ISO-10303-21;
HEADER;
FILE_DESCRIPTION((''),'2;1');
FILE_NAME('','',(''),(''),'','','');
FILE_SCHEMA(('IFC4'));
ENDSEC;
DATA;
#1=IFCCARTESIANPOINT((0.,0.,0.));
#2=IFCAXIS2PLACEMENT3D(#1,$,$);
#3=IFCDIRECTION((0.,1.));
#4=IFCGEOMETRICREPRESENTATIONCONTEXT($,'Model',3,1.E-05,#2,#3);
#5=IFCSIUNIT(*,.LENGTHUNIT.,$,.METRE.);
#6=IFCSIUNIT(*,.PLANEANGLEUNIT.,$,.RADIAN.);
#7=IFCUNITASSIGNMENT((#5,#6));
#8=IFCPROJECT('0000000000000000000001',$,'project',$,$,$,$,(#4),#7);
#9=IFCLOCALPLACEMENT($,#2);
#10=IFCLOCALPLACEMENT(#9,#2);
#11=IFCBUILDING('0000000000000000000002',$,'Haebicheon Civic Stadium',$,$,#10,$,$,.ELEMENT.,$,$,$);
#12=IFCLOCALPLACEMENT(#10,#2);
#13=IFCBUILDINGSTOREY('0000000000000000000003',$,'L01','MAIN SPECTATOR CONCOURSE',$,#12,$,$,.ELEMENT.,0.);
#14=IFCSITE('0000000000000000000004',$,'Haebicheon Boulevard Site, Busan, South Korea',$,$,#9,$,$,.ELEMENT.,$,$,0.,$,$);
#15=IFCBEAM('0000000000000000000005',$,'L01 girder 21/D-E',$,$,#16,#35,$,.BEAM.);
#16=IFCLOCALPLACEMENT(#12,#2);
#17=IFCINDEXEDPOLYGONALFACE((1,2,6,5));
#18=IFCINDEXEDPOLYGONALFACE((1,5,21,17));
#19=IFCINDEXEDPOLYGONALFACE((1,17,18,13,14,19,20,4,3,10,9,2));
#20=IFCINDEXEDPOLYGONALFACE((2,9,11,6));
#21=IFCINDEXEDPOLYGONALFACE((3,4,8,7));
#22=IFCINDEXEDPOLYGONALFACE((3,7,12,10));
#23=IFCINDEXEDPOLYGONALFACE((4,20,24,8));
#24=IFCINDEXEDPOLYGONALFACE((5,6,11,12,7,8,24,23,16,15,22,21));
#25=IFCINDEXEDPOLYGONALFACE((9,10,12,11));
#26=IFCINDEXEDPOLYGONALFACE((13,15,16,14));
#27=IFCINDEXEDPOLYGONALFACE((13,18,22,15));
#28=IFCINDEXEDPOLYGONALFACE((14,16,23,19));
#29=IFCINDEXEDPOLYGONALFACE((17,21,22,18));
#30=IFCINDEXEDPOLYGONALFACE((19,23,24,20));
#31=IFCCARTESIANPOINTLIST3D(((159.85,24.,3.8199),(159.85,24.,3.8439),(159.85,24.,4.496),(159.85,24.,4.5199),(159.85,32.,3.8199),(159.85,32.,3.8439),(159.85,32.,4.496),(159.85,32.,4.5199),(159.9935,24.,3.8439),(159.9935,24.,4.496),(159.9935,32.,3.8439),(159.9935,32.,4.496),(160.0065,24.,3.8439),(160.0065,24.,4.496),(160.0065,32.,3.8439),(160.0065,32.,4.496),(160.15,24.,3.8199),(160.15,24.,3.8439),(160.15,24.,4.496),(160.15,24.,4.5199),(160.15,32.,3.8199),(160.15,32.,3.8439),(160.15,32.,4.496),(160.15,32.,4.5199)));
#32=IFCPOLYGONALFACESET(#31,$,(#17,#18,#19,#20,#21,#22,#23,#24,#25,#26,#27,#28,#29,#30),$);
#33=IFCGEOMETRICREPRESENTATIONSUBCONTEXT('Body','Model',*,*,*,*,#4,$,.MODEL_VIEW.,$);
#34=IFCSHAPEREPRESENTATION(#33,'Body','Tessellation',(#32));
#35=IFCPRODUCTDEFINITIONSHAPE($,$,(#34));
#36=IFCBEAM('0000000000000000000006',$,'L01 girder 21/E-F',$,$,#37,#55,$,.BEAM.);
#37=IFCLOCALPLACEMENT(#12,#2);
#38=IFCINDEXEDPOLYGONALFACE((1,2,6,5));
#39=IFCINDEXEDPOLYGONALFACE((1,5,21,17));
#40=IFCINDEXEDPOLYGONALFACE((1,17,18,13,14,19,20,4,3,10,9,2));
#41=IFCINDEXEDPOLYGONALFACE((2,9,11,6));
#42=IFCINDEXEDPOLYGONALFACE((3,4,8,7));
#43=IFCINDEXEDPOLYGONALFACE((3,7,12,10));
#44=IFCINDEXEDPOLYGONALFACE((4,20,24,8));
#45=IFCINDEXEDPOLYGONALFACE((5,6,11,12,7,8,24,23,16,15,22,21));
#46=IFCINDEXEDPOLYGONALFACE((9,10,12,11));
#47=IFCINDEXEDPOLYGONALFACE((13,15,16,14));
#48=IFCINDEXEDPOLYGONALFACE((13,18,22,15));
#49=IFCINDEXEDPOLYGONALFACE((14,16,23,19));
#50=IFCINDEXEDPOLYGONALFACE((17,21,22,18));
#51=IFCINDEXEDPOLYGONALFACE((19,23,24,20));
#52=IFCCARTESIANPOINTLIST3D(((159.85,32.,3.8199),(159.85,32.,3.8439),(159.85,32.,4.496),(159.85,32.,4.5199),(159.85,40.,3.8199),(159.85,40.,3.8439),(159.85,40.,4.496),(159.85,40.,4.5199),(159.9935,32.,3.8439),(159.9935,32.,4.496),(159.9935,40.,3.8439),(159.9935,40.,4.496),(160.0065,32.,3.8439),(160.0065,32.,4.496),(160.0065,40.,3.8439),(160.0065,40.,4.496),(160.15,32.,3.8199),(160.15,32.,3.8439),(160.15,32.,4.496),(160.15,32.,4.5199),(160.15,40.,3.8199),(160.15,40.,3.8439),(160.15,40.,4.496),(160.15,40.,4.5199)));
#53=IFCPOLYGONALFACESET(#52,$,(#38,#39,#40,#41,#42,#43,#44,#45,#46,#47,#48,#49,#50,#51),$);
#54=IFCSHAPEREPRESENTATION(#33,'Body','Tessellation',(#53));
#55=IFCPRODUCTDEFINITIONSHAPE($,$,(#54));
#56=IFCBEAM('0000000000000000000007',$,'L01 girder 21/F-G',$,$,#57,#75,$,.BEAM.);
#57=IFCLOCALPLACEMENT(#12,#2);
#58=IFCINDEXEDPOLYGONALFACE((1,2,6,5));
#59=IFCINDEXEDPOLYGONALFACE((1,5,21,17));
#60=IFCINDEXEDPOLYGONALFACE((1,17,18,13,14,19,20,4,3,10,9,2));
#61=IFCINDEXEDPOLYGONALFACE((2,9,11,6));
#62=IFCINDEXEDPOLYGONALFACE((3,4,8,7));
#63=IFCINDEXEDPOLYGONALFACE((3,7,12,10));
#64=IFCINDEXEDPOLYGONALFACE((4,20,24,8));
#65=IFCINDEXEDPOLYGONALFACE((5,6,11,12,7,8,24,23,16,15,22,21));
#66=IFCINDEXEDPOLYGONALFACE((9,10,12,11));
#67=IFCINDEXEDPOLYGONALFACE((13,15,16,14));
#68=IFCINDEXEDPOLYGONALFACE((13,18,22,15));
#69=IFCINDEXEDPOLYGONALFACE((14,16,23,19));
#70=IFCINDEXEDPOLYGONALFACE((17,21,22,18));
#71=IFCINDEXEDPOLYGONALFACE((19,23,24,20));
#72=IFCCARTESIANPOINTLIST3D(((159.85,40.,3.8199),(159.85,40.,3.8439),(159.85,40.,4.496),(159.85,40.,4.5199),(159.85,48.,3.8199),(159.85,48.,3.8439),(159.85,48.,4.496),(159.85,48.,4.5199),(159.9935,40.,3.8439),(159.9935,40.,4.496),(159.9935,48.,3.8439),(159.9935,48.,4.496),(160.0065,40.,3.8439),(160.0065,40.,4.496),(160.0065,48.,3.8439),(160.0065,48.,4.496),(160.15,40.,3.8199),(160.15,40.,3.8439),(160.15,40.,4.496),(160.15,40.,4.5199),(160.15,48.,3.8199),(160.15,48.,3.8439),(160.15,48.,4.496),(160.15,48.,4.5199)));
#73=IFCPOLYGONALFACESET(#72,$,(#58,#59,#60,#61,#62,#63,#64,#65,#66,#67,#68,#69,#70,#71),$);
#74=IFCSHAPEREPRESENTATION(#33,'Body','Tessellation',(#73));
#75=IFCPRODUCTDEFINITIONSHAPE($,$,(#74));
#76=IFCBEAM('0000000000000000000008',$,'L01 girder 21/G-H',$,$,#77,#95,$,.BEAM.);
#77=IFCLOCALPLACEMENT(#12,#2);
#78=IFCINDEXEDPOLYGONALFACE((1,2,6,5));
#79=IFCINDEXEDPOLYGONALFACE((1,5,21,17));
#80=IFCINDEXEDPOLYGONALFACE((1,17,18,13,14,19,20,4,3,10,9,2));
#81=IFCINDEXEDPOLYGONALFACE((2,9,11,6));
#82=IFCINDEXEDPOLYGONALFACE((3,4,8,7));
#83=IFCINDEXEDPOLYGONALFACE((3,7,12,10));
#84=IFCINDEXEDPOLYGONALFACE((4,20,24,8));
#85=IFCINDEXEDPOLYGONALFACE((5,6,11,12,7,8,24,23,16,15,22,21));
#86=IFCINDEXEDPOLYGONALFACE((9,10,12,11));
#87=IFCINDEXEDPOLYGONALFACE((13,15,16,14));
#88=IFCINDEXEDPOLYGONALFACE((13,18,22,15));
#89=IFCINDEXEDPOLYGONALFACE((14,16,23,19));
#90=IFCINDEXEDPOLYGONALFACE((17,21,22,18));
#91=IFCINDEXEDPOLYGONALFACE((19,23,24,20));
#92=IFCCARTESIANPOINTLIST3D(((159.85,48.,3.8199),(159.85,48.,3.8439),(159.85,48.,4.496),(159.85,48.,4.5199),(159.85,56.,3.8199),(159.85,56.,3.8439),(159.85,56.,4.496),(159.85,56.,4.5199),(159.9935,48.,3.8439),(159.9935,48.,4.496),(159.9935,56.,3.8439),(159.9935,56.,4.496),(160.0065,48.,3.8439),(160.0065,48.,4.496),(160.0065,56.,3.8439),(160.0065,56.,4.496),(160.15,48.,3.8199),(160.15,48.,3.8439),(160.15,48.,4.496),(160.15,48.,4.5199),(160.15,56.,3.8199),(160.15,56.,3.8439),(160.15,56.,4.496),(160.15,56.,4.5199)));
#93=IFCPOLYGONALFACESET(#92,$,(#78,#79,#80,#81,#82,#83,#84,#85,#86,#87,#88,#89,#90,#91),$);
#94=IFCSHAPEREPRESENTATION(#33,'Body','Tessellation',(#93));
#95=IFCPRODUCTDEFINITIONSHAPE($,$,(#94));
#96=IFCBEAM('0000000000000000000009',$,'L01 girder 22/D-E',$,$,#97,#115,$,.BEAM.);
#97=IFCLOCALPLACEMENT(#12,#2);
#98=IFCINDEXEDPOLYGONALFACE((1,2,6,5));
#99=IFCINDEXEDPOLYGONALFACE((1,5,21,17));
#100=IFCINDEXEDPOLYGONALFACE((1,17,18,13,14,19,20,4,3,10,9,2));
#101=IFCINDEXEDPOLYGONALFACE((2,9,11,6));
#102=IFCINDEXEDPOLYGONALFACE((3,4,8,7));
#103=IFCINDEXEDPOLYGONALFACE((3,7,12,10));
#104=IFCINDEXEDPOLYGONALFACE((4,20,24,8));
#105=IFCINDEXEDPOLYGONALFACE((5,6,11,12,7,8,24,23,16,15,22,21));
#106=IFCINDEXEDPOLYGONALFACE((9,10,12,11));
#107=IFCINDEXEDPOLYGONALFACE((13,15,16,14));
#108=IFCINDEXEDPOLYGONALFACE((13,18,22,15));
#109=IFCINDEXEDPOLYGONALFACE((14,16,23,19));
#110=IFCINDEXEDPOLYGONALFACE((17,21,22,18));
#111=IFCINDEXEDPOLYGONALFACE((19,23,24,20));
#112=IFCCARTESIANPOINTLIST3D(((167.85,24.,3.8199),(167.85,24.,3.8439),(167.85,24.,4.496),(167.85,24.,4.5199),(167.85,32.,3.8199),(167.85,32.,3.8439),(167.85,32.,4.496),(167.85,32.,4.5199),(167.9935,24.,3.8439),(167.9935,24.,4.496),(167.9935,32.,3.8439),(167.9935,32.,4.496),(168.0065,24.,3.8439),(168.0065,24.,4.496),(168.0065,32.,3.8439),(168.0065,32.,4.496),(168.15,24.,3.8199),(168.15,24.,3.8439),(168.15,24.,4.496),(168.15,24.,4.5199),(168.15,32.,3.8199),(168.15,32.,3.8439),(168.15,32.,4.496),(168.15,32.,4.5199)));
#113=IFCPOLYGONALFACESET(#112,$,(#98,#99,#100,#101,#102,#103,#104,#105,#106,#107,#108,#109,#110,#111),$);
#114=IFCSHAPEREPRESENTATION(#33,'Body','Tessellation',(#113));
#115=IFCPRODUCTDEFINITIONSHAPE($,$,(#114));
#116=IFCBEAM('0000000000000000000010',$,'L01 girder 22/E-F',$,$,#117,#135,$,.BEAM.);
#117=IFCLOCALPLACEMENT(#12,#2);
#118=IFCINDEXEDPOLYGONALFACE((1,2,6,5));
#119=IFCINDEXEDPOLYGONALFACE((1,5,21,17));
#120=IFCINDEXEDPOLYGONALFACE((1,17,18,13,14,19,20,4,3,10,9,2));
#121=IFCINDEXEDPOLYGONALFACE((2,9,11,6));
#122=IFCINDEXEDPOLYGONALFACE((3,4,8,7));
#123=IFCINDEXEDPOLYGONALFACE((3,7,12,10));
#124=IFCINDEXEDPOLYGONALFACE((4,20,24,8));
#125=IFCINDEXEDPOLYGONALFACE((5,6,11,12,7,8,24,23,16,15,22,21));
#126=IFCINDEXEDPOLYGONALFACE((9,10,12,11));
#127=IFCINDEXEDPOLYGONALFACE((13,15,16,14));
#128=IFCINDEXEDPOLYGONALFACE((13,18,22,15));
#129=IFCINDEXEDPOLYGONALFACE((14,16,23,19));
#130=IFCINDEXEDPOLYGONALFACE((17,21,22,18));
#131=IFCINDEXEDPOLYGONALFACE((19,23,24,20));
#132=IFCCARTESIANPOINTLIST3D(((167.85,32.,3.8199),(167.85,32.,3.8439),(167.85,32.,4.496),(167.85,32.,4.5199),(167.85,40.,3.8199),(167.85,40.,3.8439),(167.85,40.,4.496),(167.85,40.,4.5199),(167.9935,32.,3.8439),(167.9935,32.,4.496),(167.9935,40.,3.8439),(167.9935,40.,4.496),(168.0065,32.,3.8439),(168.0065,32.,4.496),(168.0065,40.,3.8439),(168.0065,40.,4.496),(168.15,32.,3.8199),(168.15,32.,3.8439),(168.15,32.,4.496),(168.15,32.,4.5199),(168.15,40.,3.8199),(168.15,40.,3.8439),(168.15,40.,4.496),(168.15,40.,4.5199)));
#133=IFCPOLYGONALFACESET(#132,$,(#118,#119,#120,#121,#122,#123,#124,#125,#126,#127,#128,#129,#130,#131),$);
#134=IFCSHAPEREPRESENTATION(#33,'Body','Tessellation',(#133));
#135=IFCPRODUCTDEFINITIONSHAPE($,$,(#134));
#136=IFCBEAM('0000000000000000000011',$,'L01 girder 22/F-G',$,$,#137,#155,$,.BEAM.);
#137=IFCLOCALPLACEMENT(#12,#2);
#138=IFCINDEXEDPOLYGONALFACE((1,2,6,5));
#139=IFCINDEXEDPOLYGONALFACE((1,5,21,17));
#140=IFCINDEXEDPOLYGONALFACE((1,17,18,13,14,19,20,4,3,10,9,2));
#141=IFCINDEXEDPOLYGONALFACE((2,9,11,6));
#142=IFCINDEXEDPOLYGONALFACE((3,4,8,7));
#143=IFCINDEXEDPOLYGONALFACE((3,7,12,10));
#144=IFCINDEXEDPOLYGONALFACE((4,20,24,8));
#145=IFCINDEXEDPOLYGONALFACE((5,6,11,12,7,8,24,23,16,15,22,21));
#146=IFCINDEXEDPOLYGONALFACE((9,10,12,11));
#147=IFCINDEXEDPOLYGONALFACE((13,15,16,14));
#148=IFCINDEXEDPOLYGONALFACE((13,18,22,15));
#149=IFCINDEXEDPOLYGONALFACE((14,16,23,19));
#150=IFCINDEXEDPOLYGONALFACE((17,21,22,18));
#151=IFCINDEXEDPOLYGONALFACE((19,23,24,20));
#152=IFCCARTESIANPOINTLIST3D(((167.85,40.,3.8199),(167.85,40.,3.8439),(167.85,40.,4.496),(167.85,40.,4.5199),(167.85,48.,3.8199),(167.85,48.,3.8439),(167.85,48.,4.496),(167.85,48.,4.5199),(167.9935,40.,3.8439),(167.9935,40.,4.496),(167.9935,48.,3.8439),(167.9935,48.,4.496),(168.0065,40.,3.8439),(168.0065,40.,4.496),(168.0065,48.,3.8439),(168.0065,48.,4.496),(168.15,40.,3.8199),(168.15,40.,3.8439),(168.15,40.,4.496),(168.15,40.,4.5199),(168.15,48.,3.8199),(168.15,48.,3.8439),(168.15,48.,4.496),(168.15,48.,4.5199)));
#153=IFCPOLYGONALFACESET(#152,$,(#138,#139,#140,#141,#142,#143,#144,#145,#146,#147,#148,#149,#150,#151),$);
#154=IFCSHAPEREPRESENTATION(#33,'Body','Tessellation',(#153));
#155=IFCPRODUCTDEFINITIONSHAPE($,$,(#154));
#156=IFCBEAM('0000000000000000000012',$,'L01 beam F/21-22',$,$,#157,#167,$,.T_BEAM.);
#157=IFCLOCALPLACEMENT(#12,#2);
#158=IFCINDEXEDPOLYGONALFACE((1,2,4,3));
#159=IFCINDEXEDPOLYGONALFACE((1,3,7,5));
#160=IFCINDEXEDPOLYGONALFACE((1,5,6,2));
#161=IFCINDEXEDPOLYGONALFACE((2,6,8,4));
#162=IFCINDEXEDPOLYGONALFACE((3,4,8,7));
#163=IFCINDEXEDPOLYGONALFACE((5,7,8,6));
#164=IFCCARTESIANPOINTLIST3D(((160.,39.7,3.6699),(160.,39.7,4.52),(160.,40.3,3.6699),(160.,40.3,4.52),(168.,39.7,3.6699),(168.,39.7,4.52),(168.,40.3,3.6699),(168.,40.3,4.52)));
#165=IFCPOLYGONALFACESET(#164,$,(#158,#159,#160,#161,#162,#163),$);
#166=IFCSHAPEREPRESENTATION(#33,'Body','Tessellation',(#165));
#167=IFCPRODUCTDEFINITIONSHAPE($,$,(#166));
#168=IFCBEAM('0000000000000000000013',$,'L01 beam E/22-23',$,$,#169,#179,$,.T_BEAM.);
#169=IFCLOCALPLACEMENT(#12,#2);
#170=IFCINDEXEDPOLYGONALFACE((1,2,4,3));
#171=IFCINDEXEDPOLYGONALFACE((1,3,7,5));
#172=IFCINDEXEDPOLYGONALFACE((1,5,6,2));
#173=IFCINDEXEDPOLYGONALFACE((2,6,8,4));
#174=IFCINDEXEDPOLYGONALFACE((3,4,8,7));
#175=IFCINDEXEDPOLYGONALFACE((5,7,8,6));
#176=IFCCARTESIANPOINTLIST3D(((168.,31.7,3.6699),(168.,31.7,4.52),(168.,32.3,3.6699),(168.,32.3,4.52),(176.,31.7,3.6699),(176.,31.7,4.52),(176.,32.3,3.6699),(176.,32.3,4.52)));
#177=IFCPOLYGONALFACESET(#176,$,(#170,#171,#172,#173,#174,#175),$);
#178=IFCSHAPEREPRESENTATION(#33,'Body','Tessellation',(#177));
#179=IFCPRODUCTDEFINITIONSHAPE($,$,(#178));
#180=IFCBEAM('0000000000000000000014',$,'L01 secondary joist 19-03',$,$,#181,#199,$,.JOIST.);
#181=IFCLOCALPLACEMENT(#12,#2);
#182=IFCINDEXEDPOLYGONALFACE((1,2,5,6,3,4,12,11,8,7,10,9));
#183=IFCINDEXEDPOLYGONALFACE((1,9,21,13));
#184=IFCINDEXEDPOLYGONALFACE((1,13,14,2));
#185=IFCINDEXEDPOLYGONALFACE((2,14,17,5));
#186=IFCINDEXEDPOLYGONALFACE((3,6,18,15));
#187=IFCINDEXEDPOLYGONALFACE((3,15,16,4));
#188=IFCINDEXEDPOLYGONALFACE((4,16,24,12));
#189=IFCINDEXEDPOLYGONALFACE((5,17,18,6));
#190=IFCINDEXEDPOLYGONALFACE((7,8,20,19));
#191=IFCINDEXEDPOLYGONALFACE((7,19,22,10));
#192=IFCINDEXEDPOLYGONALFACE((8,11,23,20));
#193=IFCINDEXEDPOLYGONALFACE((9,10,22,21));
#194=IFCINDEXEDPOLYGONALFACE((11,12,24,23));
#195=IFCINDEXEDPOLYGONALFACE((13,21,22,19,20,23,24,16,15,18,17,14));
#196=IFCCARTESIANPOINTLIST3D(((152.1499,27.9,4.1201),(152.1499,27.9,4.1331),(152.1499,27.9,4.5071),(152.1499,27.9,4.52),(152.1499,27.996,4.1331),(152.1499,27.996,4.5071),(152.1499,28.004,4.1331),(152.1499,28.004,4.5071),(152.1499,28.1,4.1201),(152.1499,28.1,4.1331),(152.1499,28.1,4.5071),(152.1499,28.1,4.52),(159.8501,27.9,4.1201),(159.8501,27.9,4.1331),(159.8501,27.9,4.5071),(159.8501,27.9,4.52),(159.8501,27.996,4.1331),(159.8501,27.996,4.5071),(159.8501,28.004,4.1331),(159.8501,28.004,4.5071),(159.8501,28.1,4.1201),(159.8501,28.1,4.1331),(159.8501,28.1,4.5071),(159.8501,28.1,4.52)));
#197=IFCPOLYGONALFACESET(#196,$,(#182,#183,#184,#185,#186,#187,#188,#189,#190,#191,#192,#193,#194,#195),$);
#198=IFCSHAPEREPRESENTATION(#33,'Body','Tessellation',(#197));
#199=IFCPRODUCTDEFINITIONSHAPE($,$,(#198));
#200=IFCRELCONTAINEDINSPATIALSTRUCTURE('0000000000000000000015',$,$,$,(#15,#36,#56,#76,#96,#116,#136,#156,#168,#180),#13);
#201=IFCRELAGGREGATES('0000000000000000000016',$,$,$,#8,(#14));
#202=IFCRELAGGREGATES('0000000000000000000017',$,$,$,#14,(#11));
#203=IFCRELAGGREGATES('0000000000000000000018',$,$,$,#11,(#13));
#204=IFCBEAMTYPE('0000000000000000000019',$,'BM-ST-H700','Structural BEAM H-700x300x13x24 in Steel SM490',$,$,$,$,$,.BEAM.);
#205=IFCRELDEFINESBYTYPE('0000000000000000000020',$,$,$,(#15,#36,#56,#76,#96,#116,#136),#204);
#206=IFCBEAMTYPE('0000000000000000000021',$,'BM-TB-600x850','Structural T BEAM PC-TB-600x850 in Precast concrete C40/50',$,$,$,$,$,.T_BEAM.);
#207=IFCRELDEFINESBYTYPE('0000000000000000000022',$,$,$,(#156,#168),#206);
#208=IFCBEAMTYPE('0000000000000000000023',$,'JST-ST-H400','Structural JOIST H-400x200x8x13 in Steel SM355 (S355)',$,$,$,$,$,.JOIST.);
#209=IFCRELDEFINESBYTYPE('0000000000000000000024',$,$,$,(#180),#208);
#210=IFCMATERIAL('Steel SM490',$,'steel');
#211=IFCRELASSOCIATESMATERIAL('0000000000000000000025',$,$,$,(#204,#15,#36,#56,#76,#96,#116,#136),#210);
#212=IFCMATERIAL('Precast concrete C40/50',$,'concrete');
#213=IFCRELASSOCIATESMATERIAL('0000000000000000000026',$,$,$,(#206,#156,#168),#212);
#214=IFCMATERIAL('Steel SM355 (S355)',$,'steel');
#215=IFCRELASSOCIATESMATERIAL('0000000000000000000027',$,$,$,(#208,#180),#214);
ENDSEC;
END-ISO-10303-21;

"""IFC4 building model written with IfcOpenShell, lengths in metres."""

from ifc_helpers import new_model, si_unit, direction, frame, origin, origin_2d, place, context, subcontext, project, spatial, rectangle, i_section, extrude, material, material_profile, profile_set, type_object, element, save


model = new_model("IFC4")

# Units and contexts
model_context = context("Model", 3, precision=1e-05, world=origin(), true_north=direction((0.0, 1.0)))
body_context = subcontext(model_context, "Body", "Model", "MODEL_VIEW")
ifc_project = project(units=[si_unit("LENGTHUNIT", "METRE"), si_unit("PLANEANGLEUNIT", "RADIAN")], contexts=[model_context])

# Site, building, storey
site_placement = place(None, origin())
site = spatial("IfcSite", under=ifc_project, at=site_placement, Name="Haebicheon Boulevard Site, Busan, South Korea", CompositionType="ELEMENT", RefElevation=0.0)
building_placement = place(site_placement, origin())
building = spatial("IfcBuilding", under=site, at=building_placement, Name="Haebicheon Civic Stadium", CompositionType="ELEMENT")
storey_placement = place(building_placement, origin())
storey = spatial("IfcBuildingStorey", under=building, at=storey_placement, Name="L01", Description="MAIN SPECTATOR CONCOURSE", CompositionType="ELEMENT", Elevation=0.0)

# Beams
ifc_material_1 = material(Name="Steel SM490", Category="steel")
ifc_material_profile_1 = material_profile(ifc_material_1, i_section(OverallWidth=0.3, OverallDepth=0.7, WebThickness=0.0129, FlangeThickness=0.0239, at=origin_2d()), Name="H-700x300x13x24")
ifc_profile_set_1 = profile_set([ifc_material_profile_1], Name="Steel SM490")
beam_type_1 = type_object("IfcBeamType", Name="BM-ST-H700", Description="Structural BEAM H-700x300x13x24 in Steel SM490", PredefinedType="BEAM", material=ifc_profile_set_1)
for number, where, z_axis, x_axis, name in (
    (1, (160.0, 24.0, 4.1699), (0.0, 1.0, 0.0), (-1.0, 0.0, 0.0), "L01 girder 21/D-E"),
    (2, (160.0, 32.0, 4.1699), (0.0, 1.0, 0.0), (-1.0, 0.0, 0.0), "L01 girder 21/E-F"),
    (3, (160.0, 40.0, 4.1699), (0.0, 1.0, 0.0), (-1.0, 0.0, 0.0), "L01 girder 21/F-G"),
    (4, (160.0, 48.0, 4.1699), (0.0, 1.0, 0.0), (-1.0, 0.0, 0.0), "L01 girder 21/G-H"),
    (5, (168.0, 24.0, 4.1699), (0.0, 1.0, 0.0), (-1.0, 0.0, 0.0), "L01 girder 22/D-E"),
    (6, (168.0, 32.0, 4.1699), (0.0, 1.0, 0.0), (-1.0, 0.0, 0.0), "L01 girder 22/E-F"),
    (7, (168.0, 40.0, 4.1699), (0.0, 1.0, 0.0), (-1.0, 0.0, 0.0), "L01 girder 22/F-G"),
):
    element("IfcBeam", number, at=place(storey_placement, frame(where, z_axis=z_axis, x_axis=x_axis)), inside=storey, type_object=beam_type_1, material=ifc_profile_set_1, Name=name, PredefinedType="BEAM", context=body_context, shape_type="SweptSolid", body=[
        extrude(i_section(OverallWidth=0.3, OverallDepth=0.7, WebThickness=0.0129, FlangeThickness=0.0239, at=origin_2d()), origin(), (0.0, 0.0, 1.0), 8.0),
    ])
ifc_material_2 = material(Name="Precast concrete C40/50", Category="concrete")
ifc_material_profile_2 = material_profile(ifc_material_2, rectangle(XDim=0.6001, YDim=0.8501, at=origin_2d()), Name="PC-TB-600x850")
ifc_profile_set_2 = profile_set([ifc_material_profile_2], Name="Precast concrete C40/50")
beam_type_2 = type_object("IfcBeamType", Name="BM-TB-600x850", Description="Structural T BEAM PC-TB-600x850 in Precast concrete C40/50", PredefinedType="T_BEAM", material=ifc_profile_set_2)
for number, where, z_axis, x_axis, name in (
    (8, (160.0, 40.0, 4.095), (1.0, 0.0, 0.0), (0.0, 1.0, 0.0), "L01 beam F/21-22"),
    (9, (168.0, 32.0, 4.095), (1.0, 0.0, 0.0), (0.0, 1.0, 0.0), "L01 beam E/22-23"),
):
    element("IfcBeam", number, at=place(storey_placement, frame(where, z_axis=z_axis, x_axis=x_axis)), inside=storey, type_object=beam_type_2, material=ifc_profile_set_2, Name=name, PredefinedType="T_BEAM", context=body_context, shape_type="SweptSolid", body=[
        extrude(rectangle(XDim=0.6001, YDim=0.8501, at=origin_2d()), origin(), (0.0, 0.0, 1.0), 8.0),
    ])
ifc_material_3 = material(Name="Steel SM355 (S355)", Category="steel")
ifc_material_profile_3 = material_profile(ifc_material_3, i_section(OverallWidth=0.2, OverallDepth=0.3999, WebThickness=0.0081, FlangeThickness=0.0129, at=origin_2d()), Name="H-400x200x8x13")
ifc_profile_set_3 = profile_set([ifc_material_profile_3], Name="Steel SM355 (S355)")
beam_type_3 = type_object("IfcBeamType", Name="JST-ST-H400", Description="Structural JOIST H-400x200x8x13 in Steel SM355 (S355)", PredefinedType="JOIST", material=ifc_profile_set_3)
for number, where, z_axis, x_axis, name in (
    (10, (152.1499, 28.0, 4.3201), (1.0, 0.0, 0.0), (0.0, 1.0, 0.0), "L01 secondary joist 19-03"),
):
    element("IfcBeam", number, at=place(storey_placement, frame(where, z_axis=z_axis, x_axis=x_axis)), inside=storey, type_object=beam_type_3, material=ifc_profile_set_3, Name=name, PredefinedType="JOIST", context=body_context, shape_type="SweptSolid", body=[
        extrude(i_section(OverallWidth=0.2, OverallDepth=0.3999, WebThickness=0.0081, FlangeThickness=0.0129, at=origin_2d()), origin(), (0.0, 0.0, 1.0), 7.7002),
    ])

save(model, "model.ifc")
